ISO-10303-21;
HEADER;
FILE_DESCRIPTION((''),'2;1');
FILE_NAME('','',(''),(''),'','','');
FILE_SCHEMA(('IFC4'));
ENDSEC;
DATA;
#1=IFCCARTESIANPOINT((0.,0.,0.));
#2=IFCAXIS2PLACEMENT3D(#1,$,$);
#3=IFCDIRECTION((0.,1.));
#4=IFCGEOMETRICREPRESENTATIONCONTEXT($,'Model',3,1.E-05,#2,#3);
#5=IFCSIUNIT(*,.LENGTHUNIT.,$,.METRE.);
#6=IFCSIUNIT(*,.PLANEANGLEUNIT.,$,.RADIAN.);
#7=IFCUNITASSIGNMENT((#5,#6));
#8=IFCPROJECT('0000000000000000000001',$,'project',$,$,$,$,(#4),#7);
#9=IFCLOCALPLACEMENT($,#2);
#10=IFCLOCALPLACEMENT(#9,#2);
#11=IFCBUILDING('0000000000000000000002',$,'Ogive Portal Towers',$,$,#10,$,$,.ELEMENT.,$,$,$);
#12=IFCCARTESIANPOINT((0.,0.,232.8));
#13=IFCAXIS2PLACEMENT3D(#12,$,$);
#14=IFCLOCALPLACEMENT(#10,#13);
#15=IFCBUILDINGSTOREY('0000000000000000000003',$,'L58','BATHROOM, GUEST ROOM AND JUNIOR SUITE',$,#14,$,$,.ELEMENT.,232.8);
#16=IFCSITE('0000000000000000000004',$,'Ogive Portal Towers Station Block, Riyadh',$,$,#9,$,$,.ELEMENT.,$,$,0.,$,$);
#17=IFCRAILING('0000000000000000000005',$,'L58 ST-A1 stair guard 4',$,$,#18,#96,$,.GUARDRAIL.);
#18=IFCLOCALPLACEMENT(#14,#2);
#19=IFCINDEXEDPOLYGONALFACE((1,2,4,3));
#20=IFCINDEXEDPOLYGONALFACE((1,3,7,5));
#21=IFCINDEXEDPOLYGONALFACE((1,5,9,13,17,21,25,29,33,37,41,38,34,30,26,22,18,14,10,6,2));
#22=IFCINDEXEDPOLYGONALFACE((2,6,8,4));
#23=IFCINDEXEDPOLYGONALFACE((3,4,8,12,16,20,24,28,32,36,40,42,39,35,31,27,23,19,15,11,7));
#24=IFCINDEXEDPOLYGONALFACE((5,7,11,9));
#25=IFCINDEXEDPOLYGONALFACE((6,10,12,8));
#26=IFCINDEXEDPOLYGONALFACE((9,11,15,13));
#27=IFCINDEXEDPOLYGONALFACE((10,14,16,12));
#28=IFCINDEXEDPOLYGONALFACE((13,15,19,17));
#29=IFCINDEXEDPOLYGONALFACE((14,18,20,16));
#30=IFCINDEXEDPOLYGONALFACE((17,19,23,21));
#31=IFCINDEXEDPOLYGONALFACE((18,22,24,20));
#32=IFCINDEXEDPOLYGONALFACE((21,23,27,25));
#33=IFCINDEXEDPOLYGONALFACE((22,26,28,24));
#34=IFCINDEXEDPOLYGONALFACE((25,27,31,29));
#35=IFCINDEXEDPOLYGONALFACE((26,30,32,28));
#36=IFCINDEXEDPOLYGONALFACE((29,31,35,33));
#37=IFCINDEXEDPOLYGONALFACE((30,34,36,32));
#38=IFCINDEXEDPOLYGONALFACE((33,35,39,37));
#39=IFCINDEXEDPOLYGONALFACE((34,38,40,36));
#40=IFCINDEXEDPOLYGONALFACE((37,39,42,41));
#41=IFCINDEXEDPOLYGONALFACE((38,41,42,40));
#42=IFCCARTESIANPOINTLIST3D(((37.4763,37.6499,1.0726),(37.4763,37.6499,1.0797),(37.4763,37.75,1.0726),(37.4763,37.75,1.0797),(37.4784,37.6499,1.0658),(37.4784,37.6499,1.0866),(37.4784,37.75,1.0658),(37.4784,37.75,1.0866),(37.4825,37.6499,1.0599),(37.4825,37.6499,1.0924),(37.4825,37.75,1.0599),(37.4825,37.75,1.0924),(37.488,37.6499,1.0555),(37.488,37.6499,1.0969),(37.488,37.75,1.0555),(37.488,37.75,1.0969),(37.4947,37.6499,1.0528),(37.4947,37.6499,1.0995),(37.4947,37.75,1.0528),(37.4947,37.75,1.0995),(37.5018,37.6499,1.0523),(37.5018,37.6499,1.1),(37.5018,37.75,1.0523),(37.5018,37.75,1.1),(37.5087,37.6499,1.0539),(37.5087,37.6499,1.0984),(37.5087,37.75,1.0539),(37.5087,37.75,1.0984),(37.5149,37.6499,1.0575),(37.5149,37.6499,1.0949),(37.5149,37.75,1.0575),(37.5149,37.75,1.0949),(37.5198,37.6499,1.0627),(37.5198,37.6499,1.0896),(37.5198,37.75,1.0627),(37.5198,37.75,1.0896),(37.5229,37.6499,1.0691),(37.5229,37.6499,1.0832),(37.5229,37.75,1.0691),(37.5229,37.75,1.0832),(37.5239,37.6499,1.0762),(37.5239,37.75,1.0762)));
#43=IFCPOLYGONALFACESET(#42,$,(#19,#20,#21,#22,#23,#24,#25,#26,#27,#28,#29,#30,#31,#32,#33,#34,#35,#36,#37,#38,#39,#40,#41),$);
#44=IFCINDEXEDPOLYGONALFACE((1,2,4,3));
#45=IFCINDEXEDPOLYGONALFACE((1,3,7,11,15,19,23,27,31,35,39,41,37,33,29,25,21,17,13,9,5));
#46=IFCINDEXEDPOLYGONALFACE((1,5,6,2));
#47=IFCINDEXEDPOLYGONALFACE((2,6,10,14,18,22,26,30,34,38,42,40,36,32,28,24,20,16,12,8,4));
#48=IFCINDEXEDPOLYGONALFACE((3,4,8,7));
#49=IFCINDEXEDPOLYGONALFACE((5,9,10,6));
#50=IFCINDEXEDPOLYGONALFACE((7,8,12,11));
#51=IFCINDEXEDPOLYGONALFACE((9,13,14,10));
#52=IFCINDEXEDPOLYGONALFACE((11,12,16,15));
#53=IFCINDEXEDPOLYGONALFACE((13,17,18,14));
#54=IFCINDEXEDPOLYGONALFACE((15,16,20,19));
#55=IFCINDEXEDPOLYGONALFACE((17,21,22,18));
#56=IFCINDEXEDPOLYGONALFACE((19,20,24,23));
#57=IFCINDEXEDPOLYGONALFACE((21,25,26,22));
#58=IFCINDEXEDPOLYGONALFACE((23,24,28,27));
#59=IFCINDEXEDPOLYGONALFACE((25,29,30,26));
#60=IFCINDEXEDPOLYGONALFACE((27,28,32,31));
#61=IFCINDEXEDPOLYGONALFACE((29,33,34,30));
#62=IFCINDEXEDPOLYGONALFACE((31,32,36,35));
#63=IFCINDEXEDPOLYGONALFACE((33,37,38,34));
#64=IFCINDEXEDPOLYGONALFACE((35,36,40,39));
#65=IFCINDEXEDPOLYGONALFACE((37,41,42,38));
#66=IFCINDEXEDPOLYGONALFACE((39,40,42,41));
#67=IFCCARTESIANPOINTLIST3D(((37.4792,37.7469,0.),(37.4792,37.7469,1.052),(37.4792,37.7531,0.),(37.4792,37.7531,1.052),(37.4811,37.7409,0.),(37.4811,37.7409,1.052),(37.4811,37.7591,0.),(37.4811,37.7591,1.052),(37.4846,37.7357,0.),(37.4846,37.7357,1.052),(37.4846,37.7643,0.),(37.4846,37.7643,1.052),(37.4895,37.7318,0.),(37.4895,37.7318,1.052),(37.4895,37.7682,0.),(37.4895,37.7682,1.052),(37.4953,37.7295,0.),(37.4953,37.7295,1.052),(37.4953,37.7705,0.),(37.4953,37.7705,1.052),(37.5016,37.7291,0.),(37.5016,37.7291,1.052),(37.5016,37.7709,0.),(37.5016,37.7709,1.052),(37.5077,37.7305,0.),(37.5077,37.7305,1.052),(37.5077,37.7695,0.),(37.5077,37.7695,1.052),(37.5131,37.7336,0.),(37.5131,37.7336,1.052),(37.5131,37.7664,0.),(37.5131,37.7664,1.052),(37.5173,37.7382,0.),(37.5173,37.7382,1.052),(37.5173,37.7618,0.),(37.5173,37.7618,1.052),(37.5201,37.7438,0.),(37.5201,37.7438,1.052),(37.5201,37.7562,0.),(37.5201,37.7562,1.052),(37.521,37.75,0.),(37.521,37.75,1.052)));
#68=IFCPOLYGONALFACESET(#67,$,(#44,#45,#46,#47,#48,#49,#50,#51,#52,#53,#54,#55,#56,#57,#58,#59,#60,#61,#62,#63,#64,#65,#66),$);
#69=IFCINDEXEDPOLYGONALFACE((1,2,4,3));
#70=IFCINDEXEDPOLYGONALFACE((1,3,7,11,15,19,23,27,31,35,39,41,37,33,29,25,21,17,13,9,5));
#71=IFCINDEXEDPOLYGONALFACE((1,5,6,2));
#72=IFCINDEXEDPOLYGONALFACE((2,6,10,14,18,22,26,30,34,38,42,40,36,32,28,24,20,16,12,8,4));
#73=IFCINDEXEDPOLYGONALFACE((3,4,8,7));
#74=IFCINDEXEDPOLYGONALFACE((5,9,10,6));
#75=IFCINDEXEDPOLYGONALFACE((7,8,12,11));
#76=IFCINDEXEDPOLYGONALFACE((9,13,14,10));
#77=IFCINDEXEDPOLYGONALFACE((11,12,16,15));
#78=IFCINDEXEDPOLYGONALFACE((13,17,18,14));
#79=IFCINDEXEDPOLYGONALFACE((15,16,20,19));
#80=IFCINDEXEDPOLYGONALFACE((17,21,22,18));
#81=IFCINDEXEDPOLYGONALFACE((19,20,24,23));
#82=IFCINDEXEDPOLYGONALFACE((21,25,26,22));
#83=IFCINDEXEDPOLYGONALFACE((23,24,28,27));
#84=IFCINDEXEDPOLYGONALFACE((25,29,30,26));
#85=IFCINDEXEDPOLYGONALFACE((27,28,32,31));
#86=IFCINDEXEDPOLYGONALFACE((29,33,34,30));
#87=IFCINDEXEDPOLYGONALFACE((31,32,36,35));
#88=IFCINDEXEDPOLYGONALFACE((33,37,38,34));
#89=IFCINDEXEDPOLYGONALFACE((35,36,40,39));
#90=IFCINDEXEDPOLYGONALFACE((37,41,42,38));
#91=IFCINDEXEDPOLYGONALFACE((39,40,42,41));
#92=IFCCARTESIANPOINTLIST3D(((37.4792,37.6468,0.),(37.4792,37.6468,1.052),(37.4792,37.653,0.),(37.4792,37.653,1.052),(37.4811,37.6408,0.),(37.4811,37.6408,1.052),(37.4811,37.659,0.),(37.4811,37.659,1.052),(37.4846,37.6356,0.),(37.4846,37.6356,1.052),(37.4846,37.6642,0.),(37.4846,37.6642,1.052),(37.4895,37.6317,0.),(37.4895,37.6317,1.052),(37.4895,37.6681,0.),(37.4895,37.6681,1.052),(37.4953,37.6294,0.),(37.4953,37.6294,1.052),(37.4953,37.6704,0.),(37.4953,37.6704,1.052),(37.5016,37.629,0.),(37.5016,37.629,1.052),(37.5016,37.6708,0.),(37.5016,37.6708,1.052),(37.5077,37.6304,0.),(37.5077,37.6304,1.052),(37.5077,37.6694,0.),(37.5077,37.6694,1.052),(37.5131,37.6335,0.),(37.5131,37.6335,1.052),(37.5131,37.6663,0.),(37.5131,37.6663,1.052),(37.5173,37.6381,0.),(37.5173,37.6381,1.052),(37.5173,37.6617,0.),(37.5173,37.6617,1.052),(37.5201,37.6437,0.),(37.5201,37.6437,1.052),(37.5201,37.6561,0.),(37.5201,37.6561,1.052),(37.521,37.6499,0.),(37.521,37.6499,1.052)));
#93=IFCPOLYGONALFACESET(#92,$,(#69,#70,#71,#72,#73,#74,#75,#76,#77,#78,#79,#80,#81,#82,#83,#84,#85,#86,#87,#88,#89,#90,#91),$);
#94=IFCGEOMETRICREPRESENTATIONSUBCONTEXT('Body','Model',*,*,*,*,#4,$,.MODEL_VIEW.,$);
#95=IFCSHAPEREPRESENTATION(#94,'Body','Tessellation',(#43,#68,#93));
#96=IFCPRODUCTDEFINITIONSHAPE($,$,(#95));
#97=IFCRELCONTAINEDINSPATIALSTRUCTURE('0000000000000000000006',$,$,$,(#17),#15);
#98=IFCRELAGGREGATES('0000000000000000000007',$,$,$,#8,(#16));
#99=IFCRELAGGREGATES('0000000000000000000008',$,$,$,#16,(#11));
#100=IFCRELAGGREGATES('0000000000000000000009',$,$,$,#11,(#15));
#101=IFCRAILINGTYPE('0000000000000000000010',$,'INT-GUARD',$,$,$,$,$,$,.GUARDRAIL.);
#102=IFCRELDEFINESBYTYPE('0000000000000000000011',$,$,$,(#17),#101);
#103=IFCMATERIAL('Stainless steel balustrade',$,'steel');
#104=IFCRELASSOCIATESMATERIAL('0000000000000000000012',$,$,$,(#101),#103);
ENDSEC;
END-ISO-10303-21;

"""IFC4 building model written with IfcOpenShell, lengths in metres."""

from ifc_helpers import new_model, si_unit, direction, frame, origin, origin_2d, place, context, subcontext, project, spatial, circle, extrude, material, type_object, element, save


model = new_model("IFC4")

# Units and contexts
model_context = context("Model", 3, precision=1e-05, world=origin(), true_north=direction((0.0, 1.0)))
body_context = subcontext(model_context, "Body", "Model", "MODEL_VIEW")
ifc_project = project(units=[si_unit("LENGTHUNIT", "METRE"), si_unit("PLANEANGLEUNIT", "RADIAN")], contexts=[model_context])

# Site, building, storey
site_placement = place(None, origin())
site = spatial("IfcSite", under=ifc_project, at=site_placement, Name="Ogive Portal Towers Station Block, Riyadh", CompositionType="ELEMENT", RefElevation=0.0)
building_placement = place(site_placement, origin())
building = spatial("IfcBuilding", under=site, at=building_placement, Name="Ogive Portal Towers", CompositionType="ELEMENT")
storey_placement = place(building_placement, frame((0.0, 0.0, 232.8)))
storey = spatial("IfcBuildingStorey", under=building, at=storey_placement, Name="L58", Description="BATHROOM, GUEST ROOM AND JUNIOR SUITE", CompositionType="ELEMENT", Elevation=232.8)

# Railing
ifc_material_1 = material(Name="Stainless steel balustrade", Category="steel")
railing_type_1 = type_object("IfcRailingType", Name="INT-GUARD", PredefinedType="GUARDRAIL", material=ifc_material_1)
railing_1_placement = place(storey_placement, frame((37.5, 37.75, 0.0)))
element("IfcRailing", 1, at=railing_1_placement, inside=storey, type_object=railing_type_1, Name="L58 ST-A1 stair guard 4", PredefinedType="GUARDRAIL", context=body_context, shape_type="SweptSolid", body=[
    extrude(circle(Radius=0.0239, at=origin_2d()), frame((0.0, 0.0, 1.0762), z_axis=(0.0, -1.0, 0.0), x_axis=(1.0, 0.0, 0.0)), (0.0, 0.0, 1.0), 0.1001),
    extrude(circle(Radius=0.021, at=origin_2d()), origin(), (0.0, 0.0, 1.0), 1.052),
    extrude(circle(Radius=0.021, at=origin_2d()), frame((0.0, -0.1001, 0.0)), (0.0, 0.0, 1.0), 1.052),
])

save(model, "model.ifc")
